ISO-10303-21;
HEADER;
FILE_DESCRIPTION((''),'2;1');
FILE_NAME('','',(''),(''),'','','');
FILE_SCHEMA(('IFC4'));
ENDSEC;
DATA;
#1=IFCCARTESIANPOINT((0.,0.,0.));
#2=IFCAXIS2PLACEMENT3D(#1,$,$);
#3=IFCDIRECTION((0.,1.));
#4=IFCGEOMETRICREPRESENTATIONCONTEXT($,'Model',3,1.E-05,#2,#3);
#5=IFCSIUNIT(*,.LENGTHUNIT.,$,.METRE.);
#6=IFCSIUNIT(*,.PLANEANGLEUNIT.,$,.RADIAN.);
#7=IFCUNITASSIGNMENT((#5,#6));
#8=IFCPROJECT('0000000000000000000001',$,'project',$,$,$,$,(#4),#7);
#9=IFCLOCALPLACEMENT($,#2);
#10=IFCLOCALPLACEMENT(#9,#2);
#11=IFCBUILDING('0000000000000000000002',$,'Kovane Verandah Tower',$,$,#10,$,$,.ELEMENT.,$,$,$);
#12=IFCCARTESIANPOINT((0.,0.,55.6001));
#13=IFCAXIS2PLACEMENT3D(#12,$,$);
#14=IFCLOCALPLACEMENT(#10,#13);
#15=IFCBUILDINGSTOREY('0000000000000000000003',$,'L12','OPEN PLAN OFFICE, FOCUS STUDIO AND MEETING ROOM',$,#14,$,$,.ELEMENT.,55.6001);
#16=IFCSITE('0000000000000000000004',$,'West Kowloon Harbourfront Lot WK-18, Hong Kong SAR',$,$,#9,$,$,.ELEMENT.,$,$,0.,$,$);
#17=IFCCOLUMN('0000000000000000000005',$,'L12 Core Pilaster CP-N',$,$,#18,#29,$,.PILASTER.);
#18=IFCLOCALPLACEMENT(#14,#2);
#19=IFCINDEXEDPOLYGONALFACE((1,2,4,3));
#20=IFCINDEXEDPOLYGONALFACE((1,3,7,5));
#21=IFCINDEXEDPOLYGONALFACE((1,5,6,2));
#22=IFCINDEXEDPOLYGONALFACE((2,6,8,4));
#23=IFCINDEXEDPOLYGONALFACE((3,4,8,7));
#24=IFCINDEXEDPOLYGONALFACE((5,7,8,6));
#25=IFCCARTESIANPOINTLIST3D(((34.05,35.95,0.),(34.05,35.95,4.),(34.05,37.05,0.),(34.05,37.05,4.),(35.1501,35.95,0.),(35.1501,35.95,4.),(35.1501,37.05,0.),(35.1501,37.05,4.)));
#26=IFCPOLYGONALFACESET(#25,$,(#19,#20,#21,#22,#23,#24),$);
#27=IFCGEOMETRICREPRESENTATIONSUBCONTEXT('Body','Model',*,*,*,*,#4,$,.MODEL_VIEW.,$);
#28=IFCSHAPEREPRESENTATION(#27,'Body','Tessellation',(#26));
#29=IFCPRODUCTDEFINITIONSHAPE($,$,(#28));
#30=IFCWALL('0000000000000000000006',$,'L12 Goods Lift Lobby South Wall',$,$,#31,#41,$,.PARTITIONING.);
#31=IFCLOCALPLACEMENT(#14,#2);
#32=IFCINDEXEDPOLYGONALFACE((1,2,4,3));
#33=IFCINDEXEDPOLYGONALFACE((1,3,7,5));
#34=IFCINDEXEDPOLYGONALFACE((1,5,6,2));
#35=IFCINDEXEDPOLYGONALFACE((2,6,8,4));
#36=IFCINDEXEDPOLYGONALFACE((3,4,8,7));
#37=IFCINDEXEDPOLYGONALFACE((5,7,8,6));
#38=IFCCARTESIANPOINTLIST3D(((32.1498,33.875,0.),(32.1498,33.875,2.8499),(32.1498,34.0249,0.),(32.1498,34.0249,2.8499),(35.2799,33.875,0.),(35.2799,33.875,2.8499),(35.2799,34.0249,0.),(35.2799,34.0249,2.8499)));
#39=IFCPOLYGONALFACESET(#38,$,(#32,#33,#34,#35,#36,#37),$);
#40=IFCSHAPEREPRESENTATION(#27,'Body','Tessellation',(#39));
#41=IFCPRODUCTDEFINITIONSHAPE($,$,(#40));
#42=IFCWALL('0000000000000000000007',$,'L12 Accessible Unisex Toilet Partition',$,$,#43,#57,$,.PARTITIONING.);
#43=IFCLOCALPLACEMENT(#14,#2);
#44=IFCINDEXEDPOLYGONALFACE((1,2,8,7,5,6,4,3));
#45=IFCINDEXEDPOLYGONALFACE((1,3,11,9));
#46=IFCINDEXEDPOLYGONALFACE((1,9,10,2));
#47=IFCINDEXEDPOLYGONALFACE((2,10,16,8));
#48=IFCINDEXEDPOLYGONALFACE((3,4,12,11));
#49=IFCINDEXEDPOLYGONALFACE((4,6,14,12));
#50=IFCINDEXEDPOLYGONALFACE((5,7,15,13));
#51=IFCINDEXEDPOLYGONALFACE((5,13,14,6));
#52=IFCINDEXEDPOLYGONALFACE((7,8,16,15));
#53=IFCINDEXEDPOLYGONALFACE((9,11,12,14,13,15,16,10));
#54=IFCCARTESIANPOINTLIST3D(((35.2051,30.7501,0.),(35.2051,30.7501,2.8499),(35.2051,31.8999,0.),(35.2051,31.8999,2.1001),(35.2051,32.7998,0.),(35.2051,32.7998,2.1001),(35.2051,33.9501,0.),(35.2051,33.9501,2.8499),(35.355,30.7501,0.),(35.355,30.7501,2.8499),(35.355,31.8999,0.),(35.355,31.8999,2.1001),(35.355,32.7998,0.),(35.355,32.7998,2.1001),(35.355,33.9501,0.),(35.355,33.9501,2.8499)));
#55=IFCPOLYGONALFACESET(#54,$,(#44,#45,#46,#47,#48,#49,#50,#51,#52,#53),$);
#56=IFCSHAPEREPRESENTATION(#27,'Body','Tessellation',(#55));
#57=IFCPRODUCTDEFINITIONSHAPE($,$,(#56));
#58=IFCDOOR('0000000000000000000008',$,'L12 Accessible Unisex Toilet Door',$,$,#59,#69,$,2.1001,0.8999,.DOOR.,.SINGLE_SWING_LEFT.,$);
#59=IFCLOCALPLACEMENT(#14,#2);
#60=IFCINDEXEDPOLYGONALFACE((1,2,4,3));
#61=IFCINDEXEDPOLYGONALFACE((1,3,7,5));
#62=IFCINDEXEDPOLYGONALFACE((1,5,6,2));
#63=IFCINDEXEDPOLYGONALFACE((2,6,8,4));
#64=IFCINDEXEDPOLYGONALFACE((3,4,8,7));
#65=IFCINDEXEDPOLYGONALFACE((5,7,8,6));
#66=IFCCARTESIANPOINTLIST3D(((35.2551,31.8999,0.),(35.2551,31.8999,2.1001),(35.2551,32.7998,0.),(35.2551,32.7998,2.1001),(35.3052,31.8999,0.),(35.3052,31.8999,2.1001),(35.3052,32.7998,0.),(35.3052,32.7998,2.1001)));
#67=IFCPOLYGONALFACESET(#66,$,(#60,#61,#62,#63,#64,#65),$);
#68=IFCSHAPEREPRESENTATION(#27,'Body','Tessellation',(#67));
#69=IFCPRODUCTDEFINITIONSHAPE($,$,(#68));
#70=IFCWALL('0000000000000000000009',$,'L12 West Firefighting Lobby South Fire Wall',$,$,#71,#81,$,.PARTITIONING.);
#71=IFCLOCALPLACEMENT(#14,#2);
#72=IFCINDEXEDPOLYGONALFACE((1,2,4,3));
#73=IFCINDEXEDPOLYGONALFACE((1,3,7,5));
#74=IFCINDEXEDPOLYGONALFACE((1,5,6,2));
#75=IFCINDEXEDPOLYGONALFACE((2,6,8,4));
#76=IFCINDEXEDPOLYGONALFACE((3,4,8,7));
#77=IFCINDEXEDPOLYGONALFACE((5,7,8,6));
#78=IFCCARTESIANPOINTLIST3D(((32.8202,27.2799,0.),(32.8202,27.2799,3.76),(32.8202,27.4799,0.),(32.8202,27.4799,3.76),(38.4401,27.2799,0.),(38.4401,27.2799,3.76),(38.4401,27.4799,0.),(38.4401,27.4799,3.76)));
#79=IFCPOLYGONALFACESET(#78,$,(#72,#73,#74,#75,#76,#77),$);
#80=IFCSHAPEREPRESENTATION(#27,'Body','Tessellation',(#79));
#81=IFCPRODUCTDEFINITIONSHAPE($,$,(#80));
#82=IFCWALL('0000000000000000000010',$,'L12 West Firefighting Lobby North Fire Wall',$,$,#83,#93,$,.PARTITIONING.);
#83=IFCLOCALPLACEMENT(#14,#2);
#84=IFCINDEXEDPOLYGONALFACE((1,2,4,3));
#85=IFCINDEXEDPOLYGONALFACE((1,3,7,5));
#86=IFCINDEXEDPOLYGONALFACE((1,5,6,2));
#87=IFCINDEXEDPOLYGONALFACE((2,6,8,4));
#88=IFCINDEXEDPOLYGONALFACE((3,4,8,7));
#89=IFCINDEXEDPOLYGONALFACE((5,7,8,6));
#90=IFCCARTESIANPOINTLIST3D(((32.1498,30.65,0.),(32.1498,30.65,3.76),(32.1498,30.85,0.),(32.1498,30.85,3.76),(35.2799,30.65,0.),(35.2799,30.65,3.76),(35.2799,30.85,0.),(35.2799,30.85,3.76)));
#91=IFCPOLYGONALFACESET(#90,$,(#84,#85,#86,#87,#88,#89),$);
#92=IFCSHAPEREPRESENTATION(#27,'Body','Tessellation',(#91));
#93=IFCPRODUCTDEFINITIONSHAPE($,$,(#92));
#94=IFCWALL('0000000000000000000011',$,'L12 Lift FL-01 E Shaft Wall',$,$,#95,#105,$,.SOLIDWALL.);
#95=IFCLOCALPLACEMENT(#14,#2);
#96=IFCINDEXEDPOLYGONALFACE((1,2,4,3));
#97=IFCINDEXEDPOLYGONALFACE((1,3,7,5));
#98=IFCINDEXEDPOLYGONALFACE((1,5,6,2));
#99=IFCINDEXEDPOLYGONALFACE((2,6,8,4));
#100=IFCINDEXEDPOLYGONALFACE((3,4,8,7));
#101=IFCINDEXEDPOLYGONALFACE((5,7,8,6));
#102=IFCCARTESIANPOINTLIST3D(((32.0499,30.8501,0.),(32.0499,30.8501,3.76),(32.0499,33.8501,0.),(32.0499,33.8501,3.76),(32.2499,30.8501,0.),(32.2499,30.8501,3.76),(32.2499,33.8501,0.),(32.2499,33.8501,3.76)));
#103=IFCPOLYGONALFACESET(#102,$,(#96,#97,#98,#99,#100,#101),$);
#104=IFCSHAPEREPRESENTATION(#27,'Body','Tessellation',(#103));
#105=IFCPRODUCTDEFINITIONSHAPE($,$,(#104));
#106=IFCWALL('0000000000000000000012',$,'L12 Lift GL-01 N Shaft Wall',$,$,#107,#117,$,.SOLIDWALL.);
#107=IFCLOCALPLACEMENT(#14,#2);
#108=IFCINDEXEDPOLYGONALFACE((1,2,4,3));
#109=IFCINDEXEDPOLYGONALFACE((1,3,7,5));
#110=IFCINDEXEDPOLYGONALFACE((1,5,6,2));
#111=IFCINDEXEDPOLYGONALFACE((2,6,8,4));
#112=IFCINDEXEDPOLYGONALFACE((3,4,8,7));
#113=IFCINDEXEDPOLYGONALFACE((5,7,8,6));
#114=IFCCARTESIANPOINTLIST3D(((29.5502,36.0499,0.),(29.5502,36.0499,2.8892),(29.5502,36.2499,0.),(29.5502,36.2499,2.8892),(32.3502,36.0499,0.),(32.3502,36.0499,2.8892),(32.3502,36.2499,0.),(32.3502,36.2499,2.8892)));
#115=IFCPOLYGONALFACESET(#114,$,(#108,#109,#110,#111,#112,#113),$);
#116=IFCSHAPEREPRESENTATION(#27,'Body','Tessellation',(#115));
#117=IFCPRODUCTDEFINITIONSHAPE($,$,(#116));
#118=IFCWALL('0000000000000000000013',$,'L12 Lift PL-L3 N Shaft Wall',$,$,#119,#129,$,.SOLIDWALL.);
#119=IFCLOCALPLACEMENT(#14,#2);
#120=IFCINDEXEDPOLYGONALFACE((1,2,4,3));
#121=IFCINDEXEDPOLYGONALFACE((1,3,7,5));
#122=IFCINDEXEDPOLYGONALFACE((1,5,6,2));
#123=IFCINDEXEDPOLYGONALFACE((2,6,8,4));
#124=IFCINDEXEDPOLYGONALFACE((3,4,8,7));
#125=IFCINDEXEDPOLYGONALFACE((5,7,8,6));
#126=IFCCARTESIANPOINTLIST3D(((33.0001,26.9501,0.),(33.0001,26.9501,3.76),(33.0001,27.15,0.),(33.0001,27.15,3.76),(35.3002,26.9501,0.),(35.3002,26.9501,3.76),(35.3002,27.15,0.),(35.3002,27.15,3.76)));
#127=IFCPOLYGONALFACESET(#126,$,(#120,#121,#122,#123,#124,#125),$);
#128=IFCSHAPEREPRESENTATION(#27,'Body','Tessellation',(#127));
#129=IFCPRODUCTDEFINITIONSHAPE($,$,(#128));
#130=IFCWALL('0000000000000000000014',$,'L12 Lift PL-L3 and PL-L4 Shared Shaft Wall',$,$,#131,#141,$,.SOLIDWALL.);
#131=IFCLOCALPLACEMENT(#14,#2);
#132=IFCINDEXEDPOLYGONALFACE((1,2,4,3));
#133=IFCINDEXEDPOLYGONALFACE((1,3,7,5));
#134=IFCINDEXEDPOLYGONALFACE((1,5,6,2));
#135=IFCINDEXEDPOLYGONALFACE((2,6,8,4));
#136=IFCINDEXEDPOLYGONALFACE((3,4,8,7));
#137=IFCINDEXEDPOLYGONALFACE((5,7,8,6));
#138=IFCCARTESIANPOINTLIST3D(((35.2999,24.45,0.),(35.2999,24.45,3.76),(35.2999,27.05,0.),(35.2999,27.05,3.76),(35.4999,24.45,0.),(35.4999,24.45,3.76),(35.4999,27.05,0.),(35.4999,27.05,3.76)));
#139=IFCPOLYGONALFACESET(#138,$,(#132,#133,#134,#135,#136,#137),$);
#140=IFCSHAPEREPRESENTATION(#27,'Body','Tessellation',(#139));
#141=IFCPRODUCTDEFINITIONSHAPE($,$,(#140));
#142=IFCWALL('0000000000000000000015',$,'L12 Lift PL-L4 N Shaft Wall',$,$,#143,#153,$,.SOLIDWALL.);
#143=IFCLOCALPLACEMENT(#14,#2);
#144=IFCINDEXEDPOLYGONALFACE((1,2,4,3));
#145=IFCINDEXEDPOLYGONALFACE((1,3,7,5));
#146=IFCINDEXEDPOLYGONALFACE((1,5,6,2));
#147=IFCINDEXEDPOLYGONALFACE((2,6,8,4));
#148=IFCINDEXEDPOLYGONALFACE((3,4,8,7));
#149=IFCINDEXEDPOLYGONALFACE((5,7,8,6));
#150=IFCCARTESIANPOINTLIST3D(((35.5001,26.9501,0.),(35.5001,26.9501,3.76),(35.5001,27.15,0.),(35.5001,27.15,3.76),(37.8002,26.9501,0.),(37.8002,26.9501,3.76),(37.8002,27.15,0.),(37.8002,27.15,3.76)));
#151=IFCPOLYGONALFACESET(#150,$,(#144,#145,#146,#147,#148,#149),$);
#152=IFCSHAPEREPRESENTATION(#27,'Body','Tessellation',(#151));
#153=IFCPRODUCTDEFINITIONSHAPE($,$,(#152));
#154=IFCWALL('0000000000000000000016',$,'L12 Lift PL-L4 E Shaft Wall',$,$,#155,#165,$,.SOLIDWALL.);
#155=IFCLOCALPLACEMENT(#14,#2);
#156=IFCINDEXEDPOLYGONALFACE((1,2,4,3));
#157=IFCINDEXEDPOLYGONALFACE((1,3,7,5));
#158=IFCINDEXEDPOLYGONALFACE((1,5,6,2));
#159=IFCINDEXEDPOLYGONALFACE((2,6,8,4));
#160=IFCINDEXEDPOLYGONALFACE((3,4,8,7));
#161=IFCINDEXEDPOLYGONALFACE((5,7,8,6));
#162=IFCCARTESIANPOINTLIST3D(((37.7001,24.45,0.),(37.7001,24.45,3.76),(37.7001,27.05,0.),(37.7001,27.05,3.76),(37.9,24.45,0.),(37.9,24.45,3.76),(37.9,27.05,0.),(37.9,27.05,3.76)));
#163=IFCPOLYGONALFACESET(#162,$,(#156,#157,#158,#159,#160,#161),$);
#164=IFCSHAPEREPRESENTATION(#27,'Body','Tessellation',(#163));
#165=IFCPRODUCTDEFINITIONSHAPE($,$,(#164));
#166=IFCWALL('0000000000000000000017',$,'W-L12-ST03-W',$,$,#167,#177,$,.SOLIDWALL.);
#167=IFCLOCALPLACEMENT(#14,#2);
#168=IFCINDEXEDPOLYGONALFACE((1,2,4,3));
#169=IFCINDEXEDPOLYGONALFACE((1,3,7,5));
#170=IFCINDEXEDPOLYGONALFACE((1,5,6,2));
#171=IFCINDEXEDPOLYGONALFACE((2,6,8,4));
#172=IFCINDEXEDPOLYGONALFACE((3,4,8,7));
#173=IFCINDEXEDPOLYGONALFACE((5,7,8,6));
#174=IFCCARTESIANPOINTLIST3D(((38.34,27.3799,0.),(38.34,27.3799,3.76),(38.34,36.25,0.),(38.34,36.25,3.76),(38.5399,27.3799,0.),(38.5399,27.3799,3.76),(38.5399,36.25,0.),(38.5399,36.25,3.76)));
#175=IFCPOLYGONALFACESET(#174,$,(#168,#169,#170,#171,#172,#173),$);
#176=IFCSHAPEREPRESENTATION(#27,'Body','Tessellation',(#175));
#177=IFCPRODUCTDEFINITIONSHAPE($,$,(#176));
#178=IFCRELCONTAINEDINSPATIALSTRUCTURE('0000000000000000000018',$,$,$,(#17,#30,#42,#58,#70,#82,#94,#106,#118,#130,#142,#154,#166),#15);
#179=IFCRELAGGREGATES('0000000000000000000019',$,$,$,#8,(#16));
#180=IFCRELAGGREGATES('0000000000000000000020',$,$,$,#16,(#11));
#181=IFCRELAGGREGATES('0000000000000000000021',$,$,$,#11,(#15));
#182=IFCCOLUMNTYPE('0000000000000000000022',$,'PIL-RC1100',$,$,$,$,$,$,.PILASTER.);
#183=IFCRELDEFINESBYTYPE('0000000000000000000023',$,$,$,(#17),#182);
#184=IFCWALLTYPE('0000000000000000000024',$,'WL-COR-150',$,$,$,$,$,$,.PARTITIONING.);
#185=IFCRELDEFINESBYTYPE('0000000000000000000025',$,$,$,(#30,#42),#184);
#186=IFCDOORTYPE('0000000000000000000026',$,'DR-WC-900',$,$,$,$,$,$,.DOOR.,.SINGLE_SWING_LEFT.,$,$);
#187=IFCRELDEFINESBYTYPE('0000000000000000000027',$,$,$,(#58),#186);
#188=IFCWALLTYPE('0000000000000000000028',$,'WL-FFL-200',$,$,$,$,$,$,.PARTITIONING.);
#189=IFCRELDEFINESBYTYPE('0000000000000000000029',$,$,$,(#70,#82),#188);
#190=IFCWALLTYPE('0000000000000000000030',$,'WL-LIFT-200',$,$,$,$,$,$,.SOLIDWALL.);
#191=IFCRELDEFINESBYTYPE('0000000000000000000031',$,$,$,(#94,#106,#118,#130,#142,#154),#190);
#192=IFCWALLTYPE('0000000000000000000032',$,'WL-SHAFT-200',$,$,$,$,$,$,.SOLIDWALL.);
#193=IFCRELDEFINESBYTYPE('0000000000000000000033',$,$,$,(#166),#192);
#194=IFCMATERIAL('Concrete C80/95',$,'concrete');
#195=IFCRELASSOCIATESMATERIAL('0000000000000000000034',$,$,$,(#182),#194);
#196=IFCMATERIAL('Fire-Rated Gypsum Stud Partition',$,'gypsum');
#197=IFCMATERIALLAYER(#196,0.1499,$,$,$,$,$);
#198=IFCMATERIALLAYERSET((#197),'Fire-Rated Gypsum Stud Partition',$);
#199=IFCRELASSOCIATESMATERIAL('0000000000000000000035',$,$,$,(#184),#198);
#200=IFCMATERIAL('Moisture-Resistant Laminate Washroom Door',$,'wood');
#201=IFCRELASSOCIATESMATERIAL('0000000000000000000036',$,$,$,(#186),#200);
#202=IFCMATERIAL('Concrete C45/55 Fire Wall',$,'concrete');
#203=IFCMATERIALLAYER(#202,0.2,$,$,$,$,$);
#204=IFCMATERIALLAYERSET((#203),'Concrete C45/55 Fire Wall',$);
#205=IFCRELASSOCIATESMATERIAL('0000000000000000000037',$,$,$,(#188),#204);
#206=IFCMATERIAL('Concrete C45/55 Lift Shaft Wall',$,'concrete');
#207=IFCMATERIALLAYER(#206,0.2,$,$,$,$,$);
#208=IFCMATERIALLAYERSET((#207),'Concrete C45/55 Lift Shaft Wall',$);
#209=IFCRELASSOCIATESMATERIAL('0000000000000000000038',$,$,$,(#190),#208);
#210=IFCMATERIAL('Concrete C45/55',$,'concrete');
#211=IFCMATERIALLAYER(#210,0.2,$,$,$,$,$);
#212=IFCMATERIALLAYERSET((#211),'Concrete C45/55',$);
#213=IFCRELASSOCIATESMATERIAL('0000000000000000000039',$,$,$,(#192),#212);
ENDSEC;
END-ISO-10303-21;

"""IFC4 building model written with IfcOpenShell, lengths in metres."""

from ifc_helpers import new_model, si_unit, direction, frame, frame_2d, origin, origin_2d, place, context, subcontext, project, spatial, rectangle, extrude, material, layer, layer_set, material_profile, profile_set, type_object, element, fill, save


model = new_model("IFC4")

# Units and contexts
model_context = context("Model", 3, precision=1e-05, world=origin(), true_north=direction((0.0, 1.0)))
body_context = subcontext(model_context, "Body", "Model", "MODEL_VIEW")
ifc_project = project(units=[si_unit("LENGTHUNIT", "METRE"), si_unit("PLANEANGLEUNIT", "RADIAN")], contexts=[model_context])

# Site, building, storey
site_placement = place(None, origin())
site = spatial("IfcSite", under=ifc_project, at=site_placement, Name="West Kowloon Harbourfront Lot WK-18, Hong Kong SAR", CompositionType="ELEMENT", RefElevation=0.0)
building_placement = place(site_placement, origin())
building = spatial("IfcBuilding", under=site, at=building_placement, Name="Kovane Verandah Tower", CompositionType="ELEMENT")
storey_placement = place(building_placement, frame((0.0, 0.0, 55.6001)))
storey = spatial("IfcBuildingStorey", under=building, at=storey_placement, Name="L12", Description="OPEN PLAN OFFICE, FOCUS STUDIO AND MEETING ROOM", CompositionType="ELEMENT", Elevation=55.6001)

# Column
ifc_material_1 = material(Name="Concrete C80/95", Category="concrete")
ifc_material_profile = material_profile(ifc_material_1, rectangle(XDim=1.1001, YDim=1.1001, at=origin_2d()), Name="RC1100x1100")
ifc_profile_set = profile_set([ifc_material_profile], Name="Concrete C80/95")
column_type = type_object("IfcColumnType", Name="PIL-RC1100", PredefinedType="PILASTER", material=ifc_profile_set)
column_placement = place(storey_placement, frame((34.6001, 36.5, 0.0), z_axis=(0.0, 0.0, 1.0), x_axis=(1.0, 0.0, 0.0)))
element("IfcColumn", 1, at=column_placement, inside=storey, type_object=column_type, Name="L12 Core Pilaster CP-N", PredefinedType="PILASTER", context=body_context, shape_type="SweptSolid", body=[
    extrude(rectangle(XDim=1.1001, YDim=1.1001, at=origin_2d()), origin(), (0.0, 0.0, 1.0), 4.0),
])

# Wall
ifc_material_2 = material(Name="Fire-Rated Gypsum Stud Partition", Category="gypsum")
ifc_layer_1 = layer(ifc_material_2, 0.1499)
ifc_layer_set_1 = layer_set([ifc_layer_1], Name="Fire-Rated Gypsum Stud Partition")
wall_type_1 = type_object("IfcWallType", Name="WL-COR-150", PredefinedType="PARTITIONING", material=ifc_layer_set_1)
wall_1_placement = place(storey_placement, frame((32.1499, 33.95, 0.0), z_axis=(0.0, 0.0, 1.0), x_axis=(1.0, 0.0, 0.0)))
element("IfcWall", 2, at=wall_1_placement, inside=storey, type_object=wall_type_1, Name="L12 Goods Lift Lobby South Wall", PredefinedType="PARTITIONING", context=body_context, shape_type="SweptSolid", body=[
    extrude(rectangle(XDim=3.1301, YDim=0.1499, at=frame_2d((1.5649, 0.0))), origin(), (0.0, 0.0, 1.0), 2.8499),
])

# Wall, opening, door
wall_2_placement = place(storey_placement, frame((35.28, 30.75, 0.0), z_axis=(0.0, 0.0, 1.0), x_axis=(0.0, 1.0, 0.0)))
wall_2 = element("IfcWall", 3, at=wall_2_placement, inside=storey, type_object=wall_type_1, Name="L12 Accessible Unisex Toilet Partition", PredefinedType="PARTITIONING", context=body_context, shape_type="SweptSolid", body=[
    extrude(rectangle(XDim=3.2, YDim=0.1499, at=frame_2d((1.6001, 0.0))), origin(), (0.0, 0.0, 1.0), 2.8499),
])
opening_1_placement = place(wall_2_placement, frame((1.1499, 0.0, 0.0)))
opening_1 = element("IfcOpeningElement", 4, at=opening_1_placement, cuts=wall_2, PredefinedType="OPENING", context=body_context, shape_type="SweptSolid", body=[
    extrude(rectangle(XDim=0.8999, YDim=2.1001, at=frame_2d((0.45, 1.05))), frame((0.0, 0.075, 0.0), z_axis=(0.0, -1.0, 0.0), x_axis=(1.0, 0.0, 0.0)), (0.0, 0.0, 1.0), 0.1499),
])
ifc_material_3 = material(Name="Moisture-Resistant Laminate Washroom Door", Category="wood")
door_type_1 = type_object("IfcDoorType", Name="DR-WC-900", OperationType="SINGLE_SWING_LEFT", PredefinedType="DOOR", material=ifc_material_3)
door_1_placement = place(opening_1_placement, origin())
door_1 = element("IfcDoor", 5, at=door_1_placement, inside=storey, type_object=door_type_1, Name="L12 Accessible Unisex Toilet Door", OperationType="SINGLE_SWING_LEFT", OverallHeight=2.1001, OverallWidth=0.8999, PredefinedType="DOOR", context=body_context, shape_type="SweptSolid", body=[
    extrude(rectangle(XDim=0.8999, YDim=2.1001, at=frame_2d((0.45, 1.05))), frame((0.0, 0.0249, 0.0), z_axis=(0.0, -1.0, 0.0), x_axis=(1.0, 0.0, 0.0)), (0.0, 0.0, 1.0), 0.05),
])
fill(opening_1, door_1)
ifc_material_4 = material(Name="Concrete C45/55 Fire Wall", Category="concrete")
ifc_layer_2 = layer(ifc_material_4, 0.2)
ifc_layer_set_2 = layer_set([ifc_layer_2], Name="Concrete C45/55 Fire Wall")
wall_type_2 = type_object("IfcWallType", Name="WL-FFL-200", PredefinedType="PARTITIONING", material=ifc_layer_set_2)

# Walls
wall_3_placement = place(storey_placement, frame((32.8201, 27.3799, 0.0), z_axis=(0.0, 0.0, 1.0), x_axis=(1.0, 0.0, 0.0)))
element("IfcWall", 6, at=wall_3_placement, inside=storey, type_object=wall_type_2, Name="L12 West Firefighting Lobby South Fire Wall", PredefinedType="PARTITIONING", context=body_context, shape_type="SweptSolid", body=[
    extrude(rectangle(XDim=5.6199, YDim=0.2, at=frame_2d((2.8101, 0.0))), origin(), (0.0, 0.0, 1.0), 3.76),
])
wall_4_placement = place(storey_placement, frame((32.1499, 30.75, 0.0), z_axis=(0.0, 0.0, 1.0), x_axis=(1.0, 0.0, 0.0)))
element("IfcWall", 7, at=wall_4_placement, inside=storey, type_object=wall_type_2, Name="L12 West Firefighting Lobby North Fire Wall", PredefinedType="PARTITIONING", context=body_context, shape_type="SweptSolid", body=[
    extrude(rectangle(XDim=3.1301, YDim=0.2, at=frame_2d((1.5649, 0.0))), origin(), (0.0, 0.0, 1.0), 3.76),
])
ifc_material_5 = material(Name="Concrete C45/55 Lift Shaft Wall", Category="concrete")
ifc_layer_3 = layer(ifc_material_5, 0.2)
ifc_layer_set_3 = layer_set([ifc_layer_3], Name="Concrete C45/55 Lift Shaft Wall")
wall_type_3 = type_object("IfcWallType", Name="WL-LIFT-200", PredefinedType="SOLIDWALL", material=ifc_layer_set_3)
wall_5_placement = place(storey_placement, frame((32.1499, 30.8501, 0.0), z_axis=(0.0, 0.0, 1.0), x_axis=(0.0, 1.0, 0.0)))
element("IfcWall", 8, at=wall_5_placement, inside=storey, type_object=wall_type_3, Name="L12 Lift FL-01 E Shaft Wall", PredefinedType="SOLIDWALL", context=body_context, shape_type="SweptSolid", body=[
    extrude(rectangle(XDim=3.0, YDim=0.2, at=frame_2d((1.5, 0.0))), origin(), (0.0, 0.0, 1.0), 3.76),
])
wall_6_placement = place(storey_placement, frame((32.3501, 36.1499, 0.0), z_axis=(0.0, 0.0, 1.0), x_axis=(-1.0, 0.0, 0.0)))
element("IfcWall", 9, at=wall_6_placement, inside=storey, type_object=wall_type_3, Name="L12 Lift GL-01 N Shaft Wall", PredefinedType="SOLIDWALL", context=body_context, shape_type="SweptSolid", body=[
    extrude(rectangle(XDim=2.8, YDim=0.2, at=frame_2d((1.3999, 0.0))), origin(), (0.0, 0.0, 1.0), 2.8892),
])

# Walls
wall_7_placement = place(storey_placement, frame((35.3, 27.05, 0.0), z_axis=(0.0, 0.0, 1.0), x_axis=(-1.0, 0.0, 0.0)))
element("IfcWall", 10, at=wall_7_placement, inside=storey, type_object=wall_type_3, Name="L12 Lift PL-L3 N Shaft Wall", PredefinedType="SOLIDWALL", context=body_context, shape_type="SweptSolid", body=[
    extrude(rectangle(XDim=2.3, YDim=0.2, at=frame_2d((1.1499, 0.0))), origin(), (0.0, 0.0, 1.0), 3.76),
])
wall_8_placement = place(storey_placement, frame((35.3999, 24.45, 0.0), z_axis=(0.0, 0.0, 1.0), x_axis=(0.0, 1.0, 0.0)))
element("IfcWall", 11, at=wall_8_placement, inside=storey, type_object=wall_type_3, Name="L12 Lift PL-L3 and PL-L4 Shared Shaft Wall", PredefinedType="SOLIDWALL", context=body_context, shape_type="SweptSolid", body=[
    extrude(rectangle(XDim=2.6001, YDim=0.2, at=frame_2d((1.3, 0.0))), origin(), (0.0, 0.0, 1.0), 3.76),
])

# Walls
wall_9_placement = place(storey_placement, frame((37.8, 27.05, 0.0), z_axis=(0.0, 0.0, 1.0), x_axis=(-1.0, 0.0, 0.0)))
element("IfcWall", 12, at=wall_9_placement, inside=storey, type_object=wall_type_3, Name="L12 Lift PL-L4 N Shaft Wall", PredefinedType="SOLIDWALL", context=body_context, shape_type="SweptSolid", body=[
    extrude(rectangle(XDim=2.3, YDim=0.2, at=frame_2d((1.1499, 0.0))), origin(), (0.0, 0.0, 1.0), 3.76),
])
wall_10_placement = place(storey_placement, frame((37.8, 24.45, 0.0), z_axis=(0.0, 0.0, 1.0), x_axis=(0.0, 1.0, 0.0)))
element("IfcWall", 13, at=wall_10_placement, inside=storey, type_object=wall_type_3, Name="L12 Lift PL-L4 E Shaft Wall", PredefinedType="SOLIDWALL", context=body_context, shape_type="SweptSolid", body=[
    extrude(rectangle(XDim=2.6001, YDim=0.2, at=frame_2d((1.3, 0.0))), origin(), (0.0, 0.0, 1.0), 3.76),
])
ifc_material_6 = material(Name="Concrete C45/55", Category="concrete")
ifc_layer_4 = layer(ifc_material_6, 0.2)
ifc_layer_set_4 = layer_set([ifc_layer_4], Name="Concrete C45/55")
wall_type_4 = type_object("IfcWallType", Name="WL-SHAFT-200", PredefinedType="SOLIDWALL", material=ifc_layer_set_4)
wall_11_placement = place(storey_placement, frame((38.4399, 27.3799, 0.0), z_axis=(0.0, 0.0, 1.0), x_axis=(0.0, 1.0, 0.0)))
element("IfcWall", 14, at=wall_11_placement, inside=storey, type_object=wall_type_4, Name="W-L12-ST03-W", PredefinedType="SOLIDWALL", context=body_context, shape_type="SweptSolid", body=[
    extrude(rectangle(XDim=8.8701, YDim=0.2, at=frame_2d((4.4351, 0.0))), origin(), (0.0, 0.0, 1.0), 3.76),
])

save(model, "model.ifc")
